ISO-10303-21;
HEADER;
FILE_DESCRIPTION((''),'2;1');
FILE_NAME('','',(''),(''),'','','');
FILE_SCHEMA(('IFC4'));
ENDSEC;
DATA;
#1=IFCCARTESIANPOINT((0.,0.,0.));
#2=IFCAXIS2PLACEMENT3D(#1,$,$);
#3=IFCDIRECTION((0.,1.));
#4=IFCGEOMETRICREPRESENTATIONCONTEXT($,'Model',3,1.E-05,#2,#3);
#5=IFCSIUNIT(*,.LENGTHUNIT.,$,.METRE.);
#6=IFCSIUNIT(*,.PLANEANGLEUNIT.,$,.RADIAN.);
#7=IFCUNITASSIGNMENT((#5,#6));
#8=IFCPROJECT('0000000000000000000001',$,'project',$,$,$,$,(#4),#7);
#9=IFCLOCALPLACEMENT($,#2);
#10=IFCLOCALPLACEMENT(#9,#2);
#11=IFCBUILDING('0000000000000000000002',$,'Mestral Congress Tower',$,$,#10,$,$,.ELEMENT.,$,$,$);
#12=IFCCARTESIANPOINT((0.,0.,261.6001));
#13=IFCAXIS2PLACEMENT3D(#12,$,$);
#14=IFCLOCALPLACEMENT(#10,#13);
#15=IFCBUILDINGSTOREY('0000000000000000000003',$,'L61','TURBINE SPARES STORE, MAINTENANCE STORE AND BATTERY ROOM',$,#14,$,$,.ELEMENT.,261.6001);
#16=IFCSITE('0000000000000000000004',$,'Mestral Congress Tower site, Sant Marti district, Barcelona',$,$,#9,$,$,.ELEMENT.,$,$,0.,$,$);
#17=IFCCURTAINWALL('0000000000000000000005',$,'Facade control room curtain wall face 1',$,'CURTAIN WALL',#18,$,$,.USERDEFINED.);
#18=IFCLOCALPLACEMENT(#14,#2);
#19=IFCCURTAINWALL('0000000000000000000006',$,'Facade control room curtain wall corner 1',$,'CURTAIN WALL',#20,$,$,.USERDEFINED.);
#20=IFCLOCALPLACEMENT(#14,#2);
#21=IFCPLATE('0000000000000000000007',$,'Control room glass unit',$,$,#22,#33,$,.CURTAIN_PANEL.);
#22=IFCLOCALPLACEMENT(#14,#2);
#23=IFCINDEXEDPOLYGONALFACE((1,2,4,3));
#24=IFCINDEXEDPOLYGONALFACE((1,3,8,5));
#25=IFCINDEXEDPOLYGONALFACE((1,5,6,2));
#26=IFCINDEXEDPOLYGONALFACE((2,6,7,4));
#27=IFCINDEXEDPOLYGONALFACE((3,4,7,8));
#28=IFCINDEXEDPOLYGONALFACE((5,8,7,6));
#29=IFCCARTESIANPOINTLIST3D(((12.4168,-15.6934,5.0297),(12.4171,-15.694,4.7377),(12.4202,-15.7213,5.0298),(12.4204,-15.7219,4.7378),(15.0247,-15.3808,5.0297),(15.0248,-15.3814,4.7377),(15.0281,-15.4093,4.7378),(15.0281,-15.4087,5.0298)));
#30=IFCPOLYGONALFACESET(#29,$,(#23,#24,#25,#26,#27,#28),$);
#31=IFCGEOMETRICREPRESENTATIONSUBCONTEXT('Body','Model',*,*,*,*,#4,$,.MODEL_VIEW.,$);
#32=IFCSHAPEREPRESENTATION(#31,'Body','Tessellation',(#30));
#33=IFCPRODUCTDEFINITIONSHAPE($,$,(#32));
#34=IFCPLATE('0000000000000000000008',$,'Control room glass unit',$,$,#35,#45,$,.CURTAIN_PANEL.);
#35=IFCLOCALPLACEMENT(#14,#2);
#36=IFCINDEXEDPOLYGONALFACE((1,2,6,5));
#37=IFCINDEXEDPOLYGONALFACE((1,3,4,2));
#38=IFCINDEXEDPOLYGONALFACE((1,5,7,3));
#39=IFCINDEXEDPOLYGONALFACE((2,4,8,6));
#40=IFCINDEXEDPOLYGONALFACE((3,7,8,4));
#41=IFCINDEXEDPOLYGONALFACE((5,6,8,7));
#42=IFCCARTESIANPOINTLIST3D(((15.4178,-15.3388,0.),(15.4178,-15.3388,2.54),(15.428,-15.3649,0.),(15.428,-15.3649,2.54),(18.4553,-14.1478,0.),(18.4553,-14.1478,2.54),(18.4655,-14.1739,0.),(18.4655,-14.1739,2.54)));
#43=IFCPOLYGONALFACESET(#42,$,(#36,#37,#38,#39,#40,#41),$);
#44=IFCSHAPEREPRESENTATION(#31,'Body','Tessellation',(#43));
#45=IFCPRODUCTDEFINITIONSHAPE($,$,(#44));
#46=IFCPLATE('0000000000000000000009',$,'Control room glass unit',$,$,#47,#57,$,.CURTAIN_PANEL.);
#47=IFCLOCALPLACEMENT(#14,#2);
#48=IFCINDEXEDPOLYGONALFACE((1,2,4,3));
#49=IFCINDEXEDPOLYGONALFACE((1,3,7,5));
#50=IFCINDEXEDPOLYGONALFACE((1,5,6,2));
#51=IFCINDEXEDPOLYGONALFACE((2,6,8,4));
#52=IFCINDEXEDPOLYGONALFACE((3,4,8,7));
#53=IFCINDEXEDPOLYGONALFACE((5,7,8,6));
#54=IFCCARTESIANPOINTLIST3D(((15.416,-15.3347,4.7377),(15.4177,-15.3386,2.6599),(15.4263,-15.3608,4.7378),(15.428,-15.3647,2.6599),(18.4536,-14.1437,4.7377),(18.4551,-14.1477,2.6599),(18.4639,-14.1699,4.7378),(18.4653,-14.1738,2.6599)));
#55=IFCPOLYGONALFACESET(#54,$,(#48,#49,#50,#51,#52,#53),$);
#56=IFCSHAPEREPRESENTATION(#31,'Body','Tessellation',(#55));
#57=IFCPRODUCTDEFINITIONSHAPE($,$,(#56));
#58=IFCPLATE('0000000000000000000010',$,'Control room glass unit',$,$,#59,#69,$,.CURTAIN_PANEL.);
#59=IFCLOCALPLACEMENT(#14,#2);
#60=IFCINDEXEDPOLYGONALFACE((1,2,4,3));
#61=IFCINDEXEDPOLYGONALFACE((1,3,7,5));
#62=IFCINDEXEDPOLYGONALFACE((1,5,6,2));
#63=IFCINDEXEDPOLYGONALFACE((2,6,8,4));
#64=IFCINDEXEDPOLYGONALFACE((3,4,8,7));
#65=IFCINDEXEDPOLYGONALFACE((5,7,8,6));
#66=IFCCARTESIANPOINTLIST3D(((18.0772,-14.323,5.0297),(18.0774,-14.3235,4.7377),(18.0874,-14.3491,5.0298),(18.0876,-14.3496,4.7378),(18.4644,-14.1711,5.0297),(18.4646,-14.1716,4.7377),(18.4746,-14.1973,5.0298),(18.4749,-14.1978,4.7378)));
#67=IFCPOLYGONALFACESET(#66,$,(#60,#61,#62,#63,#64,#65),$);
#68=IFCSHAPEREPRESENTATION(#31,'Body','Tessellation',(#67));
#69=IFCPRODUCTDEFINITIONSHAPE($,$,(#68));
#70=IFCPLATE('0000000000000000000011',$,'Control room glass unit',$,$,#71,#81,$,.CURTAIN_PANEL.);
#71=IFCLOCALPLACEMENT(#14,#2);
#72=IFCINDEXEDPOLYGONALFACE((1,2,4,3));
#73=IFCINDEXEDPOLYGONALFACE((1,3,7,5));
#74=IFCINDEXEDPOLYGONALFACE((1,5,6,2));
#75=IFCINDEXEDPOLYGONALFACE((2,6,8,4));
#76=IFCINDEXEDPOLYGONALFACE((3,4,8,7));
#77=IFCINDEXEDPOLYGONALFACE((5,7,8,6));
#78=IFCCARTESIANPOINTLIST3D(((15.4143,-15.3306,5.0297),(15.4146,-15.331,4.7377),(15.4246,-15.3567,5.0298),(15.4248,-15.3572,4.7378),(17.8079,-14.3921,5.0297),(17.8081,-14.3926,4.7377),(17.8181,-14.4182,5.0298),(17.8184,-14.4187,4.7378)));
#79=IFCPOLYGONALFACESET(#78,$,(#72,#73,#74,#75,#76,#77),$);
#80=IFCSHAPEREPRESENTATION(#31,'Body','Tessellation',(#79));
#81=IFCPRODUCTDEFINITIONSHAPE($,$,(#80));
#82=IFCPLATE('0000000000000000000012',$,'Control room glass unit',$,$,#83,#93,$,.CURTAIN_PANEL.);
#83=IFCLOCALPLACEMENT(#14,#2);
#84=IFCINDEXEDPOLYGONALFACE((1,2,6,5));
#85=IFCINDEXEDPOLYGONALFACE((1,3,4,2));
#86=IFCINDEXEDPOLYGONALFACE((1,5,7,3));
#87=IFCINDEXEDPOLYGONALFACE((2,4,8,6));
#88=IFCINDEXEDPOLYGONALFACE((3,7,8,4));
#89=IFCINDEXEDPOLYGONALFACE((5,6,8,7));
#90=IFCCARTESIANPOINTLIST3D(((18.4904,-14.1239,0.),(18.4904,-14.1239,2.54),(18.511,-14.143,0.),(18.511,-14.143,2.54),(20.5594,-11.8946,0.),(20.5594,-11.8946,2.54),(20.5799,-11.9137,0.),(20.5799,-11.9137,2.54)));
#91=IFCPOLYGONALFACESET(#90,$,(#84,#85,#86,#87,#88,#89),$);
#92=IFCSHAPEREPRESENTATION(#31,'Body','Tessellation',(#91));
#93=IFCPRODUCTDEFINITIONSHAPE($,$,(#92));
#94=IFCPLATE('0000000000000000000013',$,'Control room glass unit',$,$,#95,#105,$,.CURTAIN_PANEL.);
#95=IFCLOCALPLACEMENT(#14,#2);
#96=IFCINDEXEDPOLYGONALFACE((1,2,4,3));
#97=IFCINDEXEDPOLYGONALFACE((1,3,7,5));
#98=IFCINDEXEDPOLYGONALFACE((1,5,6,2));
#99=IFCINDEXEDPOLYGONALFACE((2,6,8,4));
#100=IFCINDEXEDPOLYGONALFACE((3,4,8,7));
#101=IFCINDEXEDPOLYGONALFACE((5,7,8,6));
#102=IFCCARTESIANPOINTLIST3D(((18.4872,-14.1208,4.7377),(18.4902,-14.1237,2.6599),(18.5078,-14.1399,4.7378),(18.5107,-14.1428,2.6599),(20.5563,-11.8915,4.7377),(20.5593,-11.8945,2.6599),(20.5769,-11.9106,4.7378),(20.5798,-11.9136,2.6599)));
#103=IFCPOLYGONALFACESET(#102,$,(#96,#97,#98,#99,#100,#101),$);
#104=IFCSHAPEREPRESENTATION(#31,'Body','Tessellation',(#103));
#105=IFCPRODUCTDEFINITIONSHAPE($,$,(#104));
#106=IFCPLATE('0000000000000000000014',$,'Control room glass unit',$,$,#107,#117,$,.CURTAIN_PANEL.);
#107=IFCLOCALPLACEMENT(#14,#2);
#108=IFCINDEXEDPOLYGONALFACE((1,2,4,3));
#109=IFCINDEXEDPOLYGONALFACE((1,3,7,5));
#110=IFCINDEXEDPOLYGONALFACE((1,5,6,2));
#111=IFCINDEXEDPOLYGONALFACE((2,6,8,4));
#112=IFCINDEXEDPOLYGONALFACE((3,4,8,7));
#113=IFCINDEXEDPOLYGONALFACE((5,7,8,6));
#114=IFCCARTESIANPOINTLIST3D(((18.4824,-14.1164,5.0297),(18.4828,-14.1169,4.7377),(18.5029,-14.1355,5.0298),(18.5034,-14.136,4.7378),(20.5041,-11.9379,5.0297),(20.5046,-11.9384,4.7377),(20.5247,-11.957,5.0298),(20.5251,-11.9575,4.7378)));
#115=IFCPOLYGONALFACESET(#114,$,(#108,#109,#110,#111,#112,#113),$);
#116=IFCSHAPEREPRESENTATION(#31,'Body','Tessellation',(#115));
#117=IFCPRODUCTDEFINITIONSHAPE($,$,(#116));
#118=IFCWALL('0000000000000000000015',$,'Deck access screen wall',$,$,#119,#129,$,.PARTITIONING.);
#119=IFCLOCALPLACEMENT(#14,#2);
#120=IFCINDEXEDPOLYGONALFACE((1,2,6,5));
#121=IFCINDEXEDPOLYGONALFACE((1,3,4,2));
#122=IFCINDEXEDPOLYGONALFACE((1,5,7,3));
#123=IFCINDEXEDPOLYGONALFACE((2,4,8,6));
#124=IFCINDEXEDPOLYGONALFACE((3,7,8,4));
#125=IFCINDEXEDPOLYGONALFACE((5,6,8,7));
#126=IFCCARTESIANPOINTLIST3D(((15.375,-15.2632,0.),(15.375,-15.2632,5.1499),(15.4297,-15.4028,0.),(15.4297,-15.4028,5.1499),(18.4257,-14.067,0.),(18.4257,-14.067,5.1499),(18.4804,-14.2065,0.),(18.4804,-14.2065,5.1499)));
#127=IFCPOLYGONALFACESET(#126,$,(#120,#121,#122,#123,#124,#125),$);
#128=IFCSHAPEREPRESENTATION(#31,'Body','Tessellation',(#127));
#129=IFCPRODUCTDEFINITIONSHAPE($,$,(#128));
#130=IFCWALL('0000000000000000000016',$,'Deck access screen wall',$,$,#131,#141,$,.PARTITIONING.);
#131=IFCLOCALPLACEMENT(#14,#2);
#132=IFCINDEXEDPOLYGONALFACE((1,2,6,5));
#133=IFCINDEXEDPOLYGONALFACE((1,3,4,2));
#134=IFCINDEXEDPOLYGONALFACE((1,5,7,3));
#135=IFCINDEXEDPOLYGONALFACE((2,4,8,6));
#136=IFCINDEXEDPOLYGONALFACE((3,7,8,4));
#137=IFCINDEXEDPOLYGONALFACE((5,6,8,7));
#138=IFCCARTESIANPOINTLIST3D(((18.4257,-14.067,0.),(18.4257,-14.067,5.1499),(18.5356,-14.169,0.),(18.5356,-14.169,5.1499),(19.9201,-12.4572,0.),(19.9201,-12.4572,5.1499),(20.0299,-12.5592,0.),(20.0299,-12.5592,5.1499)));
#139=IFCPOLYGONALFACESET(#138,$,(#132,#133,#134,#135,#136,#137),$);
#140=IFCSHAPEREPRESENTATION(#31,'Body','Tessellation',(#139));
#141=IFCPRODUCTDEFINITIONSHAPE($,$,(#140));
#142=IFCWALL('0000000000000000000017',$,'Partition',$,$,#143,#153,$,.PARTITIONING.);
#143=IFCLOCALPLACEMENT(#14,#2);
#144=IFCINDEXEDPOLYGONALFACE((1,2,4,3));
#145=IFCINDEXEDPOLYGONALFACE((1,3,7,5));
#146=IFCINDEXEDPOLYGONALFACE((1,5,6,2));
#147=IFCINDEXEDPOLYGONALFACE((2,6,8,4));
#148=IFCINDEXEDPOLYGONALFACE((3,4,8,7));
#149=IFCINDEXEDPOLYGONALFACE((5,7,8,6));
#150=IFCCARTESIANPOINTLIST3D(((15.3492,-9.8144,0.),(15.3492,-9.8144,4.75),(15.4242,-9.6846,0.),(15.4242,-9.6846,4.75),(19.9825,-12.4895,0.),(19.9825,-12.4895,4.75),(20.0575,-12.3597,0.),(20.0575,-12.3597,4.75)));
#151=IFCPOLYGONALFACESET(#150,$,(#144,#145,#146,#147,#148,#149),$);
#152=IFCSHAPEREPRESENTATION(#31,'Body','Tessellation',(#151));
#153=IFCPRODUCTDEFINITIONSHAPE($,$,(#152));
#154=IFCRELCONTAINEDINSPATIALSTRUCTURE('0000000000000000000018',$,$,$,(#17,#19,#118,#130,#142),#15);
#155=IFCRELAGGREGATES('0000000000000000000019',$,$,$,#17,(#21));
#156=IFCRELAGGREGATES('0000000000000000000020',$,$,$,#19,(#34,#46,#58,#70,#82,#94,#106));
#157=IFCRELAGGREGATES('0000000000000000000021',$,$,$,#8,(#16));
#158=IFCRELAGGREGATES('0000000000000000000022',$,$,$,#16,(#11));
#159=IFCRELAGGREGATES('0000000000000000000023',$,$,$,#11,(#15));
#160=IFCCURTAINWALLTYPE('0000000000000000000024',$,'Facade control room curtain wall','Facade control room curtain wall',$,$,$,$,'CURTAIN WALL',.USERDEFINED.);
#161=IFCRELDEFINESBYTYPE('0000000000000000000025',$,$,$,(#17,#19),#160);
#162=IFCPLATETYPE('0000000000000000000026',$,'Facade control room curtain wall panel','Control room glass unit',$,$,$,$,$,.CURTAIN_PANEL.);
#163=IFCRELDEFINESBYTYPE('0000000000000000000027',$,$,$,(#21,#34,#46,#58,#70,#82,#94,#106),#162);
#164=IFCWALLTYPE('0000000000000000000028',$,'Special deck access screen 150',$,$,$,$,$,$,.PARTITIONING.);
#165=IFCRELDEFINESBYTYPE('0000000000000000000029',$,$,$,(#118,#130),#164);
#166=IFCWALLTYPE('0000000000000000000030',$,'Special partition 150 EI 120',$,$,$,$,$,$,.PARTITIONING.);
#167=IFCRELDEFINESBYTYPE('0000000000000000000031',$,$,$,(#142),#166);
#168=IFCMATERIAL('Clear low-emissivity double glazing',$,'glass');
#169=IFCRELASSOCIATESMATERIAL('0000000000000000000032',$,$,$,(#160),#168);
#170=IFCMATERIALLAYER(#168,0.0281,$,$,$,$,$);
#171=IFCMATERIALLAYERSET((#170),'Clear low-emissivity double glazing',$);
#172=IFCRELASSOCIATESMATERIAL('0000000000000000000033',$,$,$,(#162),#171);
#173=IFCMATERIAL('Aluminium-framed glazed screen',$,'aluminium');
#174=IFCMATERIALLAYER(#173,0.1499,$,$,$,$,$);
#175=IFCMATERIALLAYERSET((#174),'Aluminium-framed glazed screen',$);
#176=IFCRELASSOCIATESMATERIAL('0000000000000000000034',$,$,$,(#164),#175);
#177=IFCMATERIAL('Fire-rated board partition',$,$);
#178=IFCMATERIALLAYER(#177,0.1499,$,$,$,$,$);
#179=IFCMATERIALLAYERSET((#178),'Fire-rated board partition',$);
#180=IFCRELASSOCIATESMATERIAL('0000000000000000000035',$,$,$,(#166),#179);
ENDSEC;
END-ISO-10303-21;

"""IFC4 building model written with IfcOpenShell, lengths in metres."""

from ifc_helpers import new_model, si_unit, direction, frame, frame_2d, origin, origin_2d, place, context, subcontext, project, spatial, polyline, rectangle, outline, extrude, material, layer, layer_set, type_object, element, aggregate, save


model = new_model("IFC4")

# Units and contexts
model_context = context("Model", 3, precision=1e-05, world=origin(), true_north=direction((0.0, 1.0)))
body_context = subcontext(model_context, "Body", "Model", "MODEL_VIEW")
ifc_project = project(units=[si_unit("LENGTHUNIT", "METRE"), si_unit("PLANEANGLEUNIT", "RADIAN")], contexts=[model_context])

# Site, building, storey
site_placement = place(None, origin())
site = spatial("IfcSite", under=ifc_project, at=site_placement, Name="Mestral Congress Tower site, Sant Marti district, Barcelona", CompositionType="ELEMENT", RefElevation=0.0)
building_placement = place(site_placement, origin())
building = spatial("IfcBuilding", under=site, at=building_placement, Name="Mestral Congress Tower", CompositionType="ELEMENT")
storey_placement = place(building_placement, frame((0.0, 0.0, 261.6001)))
storey = spatial("IfcBuildingStorey", under=building, at=storey_placement, Name="L61", Description="TURBINE SPARES STORE, MAINTENANCE STORE AND BATTERY ROOM", CompositionType="ELEMENT", Elevation=261.6001)

# Curtain wall
ifc_material_1 = material(Name="Clear low-emissivity double glazing", Category="glass")
curtain_wall_type = type_object("IfcCurtainWallType", Name="Facade control room curtain wall", Description="Facade control room curtain wall", ElementType="CURTAIN WALL", PredefinedType="USERDEFINED", material=ifc_material_1)
placement = place(storey_placement, origin())
curtain_wall_1 = element("IfcCurtainWall", 1, at=placement, inside=storey, type_object=curtain_wall_type, Name="Facade control room curtain wall face 1", ObjectType="CURTAIN WALL", PredefinedType="USERDEFINED")

# Curtain wall
curtain_wall_2 = element("IfcCurtainWall", 2, at=placement, inside=storey, type_object=curtain_wall_type, Name="Facade control room curtain wall corner 1", ObjectType="CURTAIN WALL", PredefinedType="USERDEFINED")

# Plates
ifc_layer_1 = layer(ifc_material_1, 0.0281)
ifc_layer_set_1 = layer_set([ifc_layer_1], Name="Clear low-emissivity double glazing")
plate_type = type_object("IfcPlateType", Name="Facade control room curtain wall panel", Description="Control room glass unit", PredefinedType="CURTAIN_PANEL", material=ifc_layer_set_1)
plate_1_placement = place(storey_placement, frame((12.4204, -15.7219, 4.7378), z_axis=(0.119028, -0.992889, 0.002125), x_axis=(-0.000781, 0.002047, 0.999998)))
plate_1 = element("IfcPlate", 3, at=plate_1_placement, type_object=plate_type, Name="Control room glass unit", PredefinedType="CURTAIN_PANEL", context=body_context, shape_type="SweptSolid", body=[
    extrude(outline(polyline([(0.0, 0.0), (0.292, 0.0), (0.2906, -2.6266), (-0.0014, -2.6264), (0.0, 0.0)])), origin(), (0.0, 0.0, -1.0), 0.0281),
])
aggregate(curtain_wall_1, [plate_1])
plate_2_placement = place(storey_placement, frame((16.9417, -14.7563, 0.0), z_axis=(0.0, 0.0, 1.0), x_axis=(0.930994, 0.365034, 0.0)))
plate_2 = element("IfcPlate", 4, at=plate_2_placement, type_object=plate_type, Name="Control room glass unit", PredefinedType="CURTAIN_PANEL", context=body_context, shape_type="SweptSolid", body=[
    extrude(rectangle(XDim=3.2627, YDim=0.0281, at=origin_2d()), origin(), (0.0, 0.0, 1.0), 2.54),
])
plate_3_placement = place(storey_placement, frame((18.4653, -14.1738, 2.6599), z_axis=(0.365021, -0.930997, 0.002029), x_axis=(-0.930999, -0.365021, 0.0)))
plate_3 = element("IfcPlate", 5, at=plate_3_placement, type_object=plate_type, Name="Control room glass unit", PredefinedType="CURTAIN_PANEL", context=body_context, shape_type="SweptSolid", body=[
    extrude(outline(polyline([(0.0, 0.0), (3.2625, 0.0), (3.2626, -2.0779), (-0.0001, -2.0779), (0.0, 0.0)])), origin(), (0.0, 0.0, -1.0), 0.0281),
])
plate_4_placement = place(storey_placement, frame((18.4746, -14.1973, 5.0298), z_axis=(0.365107, -0.930964, 0.001862), x_axis=(0.000836, -0.001672, -0.999998)))
plate_4 = element("IfcPlate", 6, at=plate_4_placement, type_object=plate_type, Name="Control room glass unit", PredefinedType="CURTAIN_PANEL", context=body_context, shape_type="SweptSolid", body=[
    extrude(outline(polyline([(0.0, 0.0), (0.292, 0.0), (0.2919, -0.4159), (-0.0001, -0.4159), (0.0, 0.0)])), origin(), (0.0, 0.0, -1.0), 0.0281),
])
plate_5_placement = place(storey_placement, frame((15.4248, -15.3572, 4.7378), z_axis=(0.365029, -0.930994, 0.001862), x_axis=(-0.000836, 0.001672, 0.999998)))
plate_5 = element("IfcPlate", 7, at=plate_5_placement, type_object=plate_type, Name="Control room glass unit", PredefinedType="CURTAIN_PANEL", context=body_context, shape_type="SweptSolid", body=[
    extrude(outline(polyline([(0.0, 0.0), (0.292, 0.0), (0.2916, -2.571), (-0.0004, -2.571), (0.0, 0.0)])), origin(), (0.0, 0.0, -1.0), 0.0281),
])
plate_6_placement = place(storey_placement, frame((19.5352, -13.0188, 0.0), z_axis=(0.0, 0.0, 1.0), x_axis=(0.680253, 0.732978, 0.0)))
plate_6 = element("IfcPlate", 8, at=plate_6_placement, type_object=plate_type, Name="Control room glass unit", PredefinedType="CURTAIN_PANEL", context=body_context, shape_type="SweptSolid", body=[
    extrude(rectangle(XDim=3.0415, YDim=0.0281, at=origin_2d()), origin(), (0.0, 0.0, 1.0), 2.54),
])
plate_7_placement = place(storey_placement, frame((20.5798, -11.9136, 2.6599), z_axis=(0.732944, -0.680287, 0.001993), x_axis=(-0.680288, -0.732945, 0.0)))
plate_7 = element("IfcPlate", 9, at=plate_7_placement, type_object=plate_type, Name="Control room glass unit", PredefinedType="CURTAIN_PANEL", context=body_context, shape_type="SweptSolid", body=[
    extrude(outline(polyline([(0.0, 0.0), (3.0415, 0.0), (3.0413, -2.0779), (-0.0002, -2.0779), (0.0, 0.0)])), origin(), (0.0, 0.0, -1.0), 0.0281),
])
plate_8_placement = place(storey_placement, frame((18.5034, -14.136, 4.7378), z_axis=(0.732982, -0.680244, 0.002363), x_axis=(-0.001672, 0.001672, 0.999997)))
plate_8 = element("IfcPlate", 10, at=plate_8_placement, type_object=plate_type, Name="Control room glass unit", PredefinedType="CURTAIN_PANEL", context=body_context, shape_type="SweptSolid", body=[
    extrude(outline(polyline([(0.0, 0.0), (0.292, 0.0), (0.2923, -2.9721), (0.0003, -2.9721), (0.0, 0.0)])), origin(), (0.0, 0.0, -1.0), 0.0281),
])
aggregate(curtain_wall_2, [plate_2, plate_3, plate_4, plate_5, plate_6, plate_7, plate_8])

# Walls
ifc_material_2 = material(Name="Aluminium-framed glazed screen", Category="aluminium")
ifc_layer_2 = layer(ifc_material_2, 0.1499)
ifc_layer_set_2 = layer_set([ifc_layer_2], Name="Aluminium-framed glazed screen")
wall_type_1 = type_object("IfcWallType", Name="Special deck access screen 150", PredefinedType="PARTITIONING", material=ifc_layer_set_2)
wall_1_placement = place(storey_placement, frame((15.4023, -15.333, 0.0), z_axis=(0.0, 0.0, 1.0), x_axis=(0.930983, 0.365062, 0.0)))
element("IfcWall", 11, at=wall_1_placement, inside=storey, type_object=wall_type_1, Name="Deck access screen wall", PredefinedType="PARTITIONING", context=body_context, shape_type="SweptSolid", body=[
    extrude(rectangle(XDim=3.2769, YDim=0.1499, at=frame_2d((1.6384, 0.0))), origin(), (0.0, 0.0, 1.0), 5.1499),
])
wall_2_placement = place(storey_placement, frame((18.4807, -14.1179, 0.0), z_axis=(0.0, 0.0, 1.0), x_axis=(0.680332, 0.732904, 0.0)))
element("IfcWall", 12, at=wall_2_placement, inside=storey, type_object=wall_type_1, Name="Deck access screen wall", PredefinedType="PARTITIONING", context=body_context, shape_type="SweptSolid", body=[
    extrude(rectangle(XDim=2.1965, YDim=0.1499, at=frame_2d((1.0981, 0.0))), origin(), (0.0, 0.0, 1.0), 5.1499),
])
ifc_material_3 = material(Name="Fire-rated board partition")
ifc_layer_3 = layer(ifc_material_3, 0.1499)
ifc_layer_set_3 = layer_set([ifc_layer_3], Name="Fire-rated board partition")
wall_type_2 = type_object("IfcWallType", Name="Special partition 150 EI 120", PredefinedType="PARTITIONING", material=ifc_layer_set_3)
wall_3_placement = place(storey_placement, frame((20.02, -12.4246, 0.0), z_axis=(0.0, 0.0, 1.0), x_axis=(-0.866024, 0.500002, 0.0)))
element("IfcWall", 13, at=wall_3_placement, inside=storey, type_object=wall_type_2, Name="Partition", PredefinedType="PARTITIONING", context=body_context, shape_type="SweptSolid", body=[
    extrude(rectangle(XDim=5.3501, YDim=0.1499, at=frame_2d((2.675, 0.0))), origin(), (0.0, 0.0, 1.0), 4.75),
])

save(model, "model.ifc")
